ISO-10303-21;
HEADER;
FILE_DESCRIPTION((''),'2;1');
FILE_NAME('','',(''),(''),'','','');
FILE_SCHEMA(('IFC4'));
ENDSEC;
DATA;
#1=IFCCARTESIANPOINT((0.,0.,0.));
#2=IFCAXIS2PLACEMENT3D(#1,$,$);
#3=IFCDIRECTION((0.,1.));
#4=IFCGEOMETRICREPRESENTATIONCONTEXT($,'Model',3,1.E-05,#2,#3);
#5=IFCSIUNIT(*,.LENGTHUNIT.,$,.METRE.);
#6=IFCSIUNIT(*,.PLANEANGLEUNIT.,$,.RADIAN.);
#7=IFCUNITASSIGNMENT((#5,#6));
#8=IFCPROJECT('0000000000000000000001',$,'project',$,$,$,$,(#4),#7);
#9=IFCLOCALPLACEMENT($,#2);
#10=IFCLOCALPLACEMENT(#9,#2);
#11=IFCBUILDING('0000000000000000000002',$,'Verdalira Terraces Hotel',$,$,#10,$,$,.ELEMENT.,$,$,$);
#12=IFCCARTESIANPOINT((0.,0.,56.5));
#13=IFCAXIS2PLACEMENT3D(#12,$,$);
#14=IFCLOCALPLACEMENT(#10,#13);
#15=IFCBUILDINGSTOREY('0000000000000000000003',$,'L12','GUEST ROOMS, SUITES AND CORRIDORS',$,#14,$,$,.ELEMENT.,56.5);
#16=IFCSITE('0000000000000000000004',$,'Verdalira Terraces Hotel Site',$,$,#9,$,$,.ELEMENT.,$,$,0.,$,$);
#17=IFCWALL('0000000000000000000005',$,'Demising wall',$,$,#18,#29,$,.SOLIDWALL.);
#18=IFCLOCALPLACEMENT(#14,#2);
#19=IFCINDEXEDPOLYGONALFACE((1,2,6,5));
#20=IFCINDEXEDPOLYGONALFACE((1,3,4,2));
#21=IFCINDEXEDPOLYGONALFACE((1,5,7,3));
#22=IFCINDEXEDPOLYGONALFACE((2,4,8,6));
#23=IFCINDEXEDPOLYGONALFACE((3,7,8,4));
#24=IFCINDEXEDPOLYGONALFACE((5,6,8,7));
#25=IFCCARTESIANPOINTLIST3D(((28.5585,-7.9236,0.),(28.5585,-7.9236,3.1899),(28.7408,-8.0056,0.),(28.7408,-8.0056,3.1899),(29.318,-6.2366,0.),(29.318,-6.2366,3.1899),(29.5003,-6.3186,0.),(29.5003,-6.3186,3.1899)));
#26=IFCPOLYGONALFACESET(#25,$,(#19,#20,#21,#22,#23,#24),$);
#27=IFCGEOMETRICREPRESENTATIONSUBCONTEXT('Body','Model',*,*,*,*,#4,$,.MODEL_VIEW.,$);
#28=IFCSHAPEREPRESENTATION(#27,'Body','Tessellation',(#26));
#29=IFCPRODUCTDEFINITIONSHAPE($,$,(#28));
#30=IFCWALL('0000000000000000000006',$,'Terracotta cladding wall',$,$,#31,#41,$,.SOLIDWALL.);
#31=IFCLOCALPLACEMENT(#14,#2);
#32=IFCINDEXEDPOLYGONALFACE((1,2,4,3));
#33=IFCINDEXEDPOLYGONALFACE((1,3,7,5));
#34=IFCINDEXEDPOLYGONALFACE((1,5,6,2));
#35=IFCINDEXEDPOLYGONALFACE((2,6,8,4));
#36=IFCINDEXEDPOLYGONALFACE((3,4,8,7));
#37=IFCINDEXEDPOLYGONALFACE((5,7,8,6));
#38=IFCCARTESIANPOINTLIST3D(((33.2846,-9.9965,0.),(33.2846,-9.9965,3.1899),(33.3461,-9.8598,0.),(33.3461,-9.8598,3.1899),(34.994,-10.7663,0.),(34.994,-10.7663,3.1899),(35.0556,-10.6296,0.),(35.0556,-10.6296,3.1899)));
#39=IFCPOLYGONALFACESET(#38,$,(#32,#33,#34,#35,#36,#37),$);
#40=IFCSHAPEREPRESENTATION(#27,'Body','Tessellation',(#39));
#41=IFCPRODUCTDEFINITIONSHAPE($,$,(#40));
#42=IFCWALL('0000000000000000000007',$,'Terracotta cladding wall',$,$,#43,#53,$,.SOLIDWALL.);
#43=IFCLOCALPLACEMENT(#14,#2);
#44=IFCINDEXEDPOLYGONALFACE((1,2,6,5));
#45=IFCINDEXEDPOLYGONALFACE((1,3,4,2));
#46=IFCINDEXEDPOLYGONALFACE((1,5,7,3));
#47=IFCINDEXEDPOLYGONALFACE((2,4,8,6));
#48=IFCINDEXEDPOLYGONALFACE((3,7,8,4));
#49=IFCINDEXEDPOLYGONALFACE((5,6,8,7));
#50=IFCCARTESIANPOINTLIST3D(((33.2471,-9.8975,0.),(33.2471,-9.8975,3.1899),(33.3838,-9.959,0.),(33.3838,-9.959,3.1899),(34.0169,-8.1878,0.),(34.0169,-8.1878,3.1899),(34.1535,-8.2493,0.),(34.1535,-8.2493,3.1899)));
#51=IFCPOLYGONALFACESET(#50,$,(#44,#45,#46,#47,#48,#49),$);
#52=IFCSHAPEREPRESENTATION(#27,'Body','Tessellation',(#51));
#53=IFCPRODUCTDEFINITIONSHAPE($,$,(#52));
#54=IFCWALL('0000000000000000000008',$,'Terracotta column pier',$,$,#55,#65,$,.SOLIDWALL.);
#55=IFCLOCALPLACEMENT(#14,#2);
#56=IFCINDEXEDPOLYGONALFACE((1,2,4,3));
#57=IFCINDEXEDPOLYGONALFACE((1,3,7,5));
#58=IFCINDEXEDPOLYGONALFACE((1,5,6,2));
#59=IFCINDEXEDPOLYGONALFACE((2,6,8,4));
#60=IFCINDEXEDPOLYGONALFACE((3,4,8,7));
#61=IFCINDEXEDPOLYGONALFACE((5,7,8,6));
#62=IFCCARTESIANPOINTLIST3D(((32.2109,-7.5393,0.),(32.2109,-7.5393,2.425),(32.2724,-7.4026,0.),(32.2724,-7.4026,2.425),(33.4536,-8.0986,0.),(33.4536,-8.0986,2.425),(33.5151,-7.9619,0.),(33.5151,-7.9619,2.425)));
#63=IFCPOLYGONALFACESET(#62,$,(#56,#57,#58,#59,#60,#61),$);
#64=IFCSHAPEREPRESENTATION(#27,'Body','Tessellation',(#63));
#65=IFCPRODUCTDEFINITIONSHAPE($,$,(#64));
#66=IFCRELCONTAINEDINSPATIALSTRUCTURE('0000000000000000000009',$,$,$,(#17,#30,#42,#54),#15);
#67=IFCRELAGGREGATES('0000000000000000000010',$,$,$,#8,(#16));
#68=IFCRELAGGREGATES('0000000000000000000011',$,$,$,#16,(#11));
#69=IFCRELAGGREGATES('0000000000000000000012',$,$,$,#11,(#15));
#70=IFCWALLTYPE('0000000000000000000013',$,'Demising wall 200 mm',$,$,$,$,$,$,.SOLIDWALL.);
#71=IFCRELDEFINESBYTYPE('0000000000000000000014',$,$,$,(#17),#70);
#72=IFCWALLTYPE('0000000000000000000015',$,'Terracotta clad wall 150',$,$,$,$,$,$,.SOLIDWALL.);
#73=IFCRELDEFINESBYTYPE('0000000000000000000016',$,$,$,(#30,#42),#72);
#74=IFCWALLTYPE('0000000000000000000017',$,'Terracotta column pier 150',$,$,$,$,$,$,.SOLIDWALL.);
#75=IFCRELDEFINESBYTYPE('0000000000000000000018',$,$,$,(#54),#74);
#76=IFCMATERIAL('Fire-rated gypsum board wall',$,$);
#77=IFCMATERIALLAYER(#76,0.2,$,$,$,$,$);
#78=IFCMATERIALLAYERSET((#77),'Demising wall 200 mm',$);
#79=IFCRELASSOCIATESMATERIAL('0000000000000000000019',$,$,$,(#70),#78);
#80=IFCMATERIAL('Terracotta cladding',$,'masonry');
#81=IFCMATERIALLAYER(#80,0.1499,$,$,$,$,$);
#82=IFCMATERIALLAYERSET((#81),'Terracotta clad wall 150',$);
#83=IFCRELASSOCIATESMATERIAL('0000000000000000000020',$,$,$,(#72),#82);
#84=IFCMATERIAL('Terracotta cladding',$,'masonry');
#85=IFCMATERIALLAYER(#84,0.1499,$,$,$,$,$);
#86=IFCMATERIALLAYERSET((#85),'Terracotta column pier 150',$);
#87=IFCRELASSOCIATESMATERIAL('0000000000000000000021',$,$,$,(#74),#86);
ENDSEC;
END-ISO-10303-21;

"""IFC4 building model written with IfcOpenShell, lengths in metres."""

from ifc_helpers import new_model, si_unit, direction, frame, frame_2d, origin, place, context, subcontext, project, spatial, rectangle, extrude, material, layer, layer_set, type_object, element, save


model = new_model("IFC4")

# Units and contexts
model_context = context("Model", 3, precision=1e-05, world=origin(), true_north=direction((0.0, 1.0)))
body_context = subcontext(model_context, "Body", "Model", "MODEL_VIEW")
ifc_project = project(units=[si_unit("LENGTHUNIT", "METRE"), si_unit("PLANEANGLEUNIT", "RADIAN")], contexts=[model_context])

# Site, building, storey
site_placement = place(None, origin())
site = spatial("IfcSite", under=ifc_project, at=site_placement, Name="Verdalira Terraces Hotel Site", CompositionType="ELEMENT", RefElevation=0.0)
building_placement = place(site_placement, origin())
building = spatial("IfcBuilding", under=site, at=building_placement, Name="Verdalira Terraces Hotel", CompositionType="ELEMENT")
storey_placement = place(building_placement, frame((0.0, 0.0, 56.5)))
storey = spatial("IfcBuildingStorey", under=building, at=storey_placement, Name="L12", Description="GUEST ROOMS, SUITES AND CORRIDORS", CompositionType="ELEMENT", Elevation=56.5)

# Walls
ifc_material_1 = material(Name="Fire-rated gypsum board wall")
ifc_layer_1 = layer(ifc_material_1, 0.2)
ifc_layer_set_1 = layer_set([ifc_layer_1], Name="Demising wall 200 mm")
wall_type_1 = type_object("IfcWallType", Name="Demising wall 200 mm", PredefinedType="SOLIDWALL", material=ifc_layer_set_1)
wall_1_placement = place(storey_placement, frame((28.6497, -7.9646, 0.0), z_axis=(0.0, 0.0, 1.0), x_axis=(0.410529, 0.911847, 0.0)))
element("IfcWall", 1, at=wall_1_placement, inside=storey, type_object=wall_type_1, Name="Demising wall", PredefinedType="SOLIDWALL", context=body_context, shape_type="SweptSolid", body=[
    extrude(rectangle(XDim=1.8501, YDim=0.2, at=frame_2d((0.925, 0.0))), origin(), (0.0, 0.0, 1.0), 3.1899),
])
ifc_material_2 = material(Name="Terracotta cladding", Category="masonry")
ifc_layer_2 = layer(ifc_material_2, 0.1499)
ifc_layer_set_2 = layer_set([ifc_layer_2], Name="Terracotta clad wall 150")
wall_type_2 = type_object("IfcWallType", Name="Terracotta clad wall 150", PredefinedType="SOLIDWALL", material=ifc_layer_set_2)
wall_2_placement = place(storey_placement, frame((35.0249, -10.698, 0.0), z_axis=(0.0, 0.0, 1.0), x_axis=(-0.911819, 0.410592, 0.0)))
element("IfcWall", 2, at=wall_2_placement, inside=storey, type_object=wall_type_2, Name="Terracotta cladding wall", PredefinedType="SOLIDWALL", context=body_context, shape_type="SweptSolid", body=[
    extrude(rectangle(XDim=1.8748, YDim=0.1499, at=frame_2d((0.9375, 0.0))), origin(), (0.0, 0.0, 1.0), 3.1899),
])
wall_3_placement = place(storey_placement, frame((33.3154, -9.9282, 0.0), z_axis=(0.0, 0.0, 1.0), x_axis=(0.410543, 0.911841, 0.0)))
element("IfcWall", 3, at=wall_3_placement, inside=storey, type_object=wall_type_2, Name="Terracotta cladding wall", PredefinedType="SOLIDWALL", context=body_context, shape_type="SweptSolid", body=[
    extrude(rectangle(XDim=1.875, YDim=0.1499, at=frame_2d((0.9375, 0.0))), origin(), (0.0, 0.0, 1.0), 3.1899),
])
ifc_material_3 = material(Name="Terracotta cladding", Category="masonry")
ifc_layer_3 = layer(ifc_material_3, 0.1499)
ifc_layer_set_3 = layer_set([ifc_layer_3], Name="Terracotta column pier 150")
wall_type_3 = type_object("IfcWallType", Name="Terracotta column pier 150", PredefinedType="SOLIDWALL", material=ifc_layer_set_3)
wall_4_placement = place(storey_placement, frame((33.4844, -8.0303, 0.0), z_axis=(0.0, 0.0, 1.0), x_axis=(-0.911888, 0.410439, 0.0)))
element("IfcWall", 4, at=wall_4_placement, inside=storey, type_object=wall_type_3, Name="Terracotta column pier", PredefinedType="SOLIDWALL", context=body_context, shape_type="SweptSolid", body=[
    extrude(rectangle(XDim=1.3628, YDim=0.1499, at=frame_2d((0.6814, 0.0))), origin(), (0.0, 0.0, 1.0), 2.425),
])

save(model, "model.ifc")
